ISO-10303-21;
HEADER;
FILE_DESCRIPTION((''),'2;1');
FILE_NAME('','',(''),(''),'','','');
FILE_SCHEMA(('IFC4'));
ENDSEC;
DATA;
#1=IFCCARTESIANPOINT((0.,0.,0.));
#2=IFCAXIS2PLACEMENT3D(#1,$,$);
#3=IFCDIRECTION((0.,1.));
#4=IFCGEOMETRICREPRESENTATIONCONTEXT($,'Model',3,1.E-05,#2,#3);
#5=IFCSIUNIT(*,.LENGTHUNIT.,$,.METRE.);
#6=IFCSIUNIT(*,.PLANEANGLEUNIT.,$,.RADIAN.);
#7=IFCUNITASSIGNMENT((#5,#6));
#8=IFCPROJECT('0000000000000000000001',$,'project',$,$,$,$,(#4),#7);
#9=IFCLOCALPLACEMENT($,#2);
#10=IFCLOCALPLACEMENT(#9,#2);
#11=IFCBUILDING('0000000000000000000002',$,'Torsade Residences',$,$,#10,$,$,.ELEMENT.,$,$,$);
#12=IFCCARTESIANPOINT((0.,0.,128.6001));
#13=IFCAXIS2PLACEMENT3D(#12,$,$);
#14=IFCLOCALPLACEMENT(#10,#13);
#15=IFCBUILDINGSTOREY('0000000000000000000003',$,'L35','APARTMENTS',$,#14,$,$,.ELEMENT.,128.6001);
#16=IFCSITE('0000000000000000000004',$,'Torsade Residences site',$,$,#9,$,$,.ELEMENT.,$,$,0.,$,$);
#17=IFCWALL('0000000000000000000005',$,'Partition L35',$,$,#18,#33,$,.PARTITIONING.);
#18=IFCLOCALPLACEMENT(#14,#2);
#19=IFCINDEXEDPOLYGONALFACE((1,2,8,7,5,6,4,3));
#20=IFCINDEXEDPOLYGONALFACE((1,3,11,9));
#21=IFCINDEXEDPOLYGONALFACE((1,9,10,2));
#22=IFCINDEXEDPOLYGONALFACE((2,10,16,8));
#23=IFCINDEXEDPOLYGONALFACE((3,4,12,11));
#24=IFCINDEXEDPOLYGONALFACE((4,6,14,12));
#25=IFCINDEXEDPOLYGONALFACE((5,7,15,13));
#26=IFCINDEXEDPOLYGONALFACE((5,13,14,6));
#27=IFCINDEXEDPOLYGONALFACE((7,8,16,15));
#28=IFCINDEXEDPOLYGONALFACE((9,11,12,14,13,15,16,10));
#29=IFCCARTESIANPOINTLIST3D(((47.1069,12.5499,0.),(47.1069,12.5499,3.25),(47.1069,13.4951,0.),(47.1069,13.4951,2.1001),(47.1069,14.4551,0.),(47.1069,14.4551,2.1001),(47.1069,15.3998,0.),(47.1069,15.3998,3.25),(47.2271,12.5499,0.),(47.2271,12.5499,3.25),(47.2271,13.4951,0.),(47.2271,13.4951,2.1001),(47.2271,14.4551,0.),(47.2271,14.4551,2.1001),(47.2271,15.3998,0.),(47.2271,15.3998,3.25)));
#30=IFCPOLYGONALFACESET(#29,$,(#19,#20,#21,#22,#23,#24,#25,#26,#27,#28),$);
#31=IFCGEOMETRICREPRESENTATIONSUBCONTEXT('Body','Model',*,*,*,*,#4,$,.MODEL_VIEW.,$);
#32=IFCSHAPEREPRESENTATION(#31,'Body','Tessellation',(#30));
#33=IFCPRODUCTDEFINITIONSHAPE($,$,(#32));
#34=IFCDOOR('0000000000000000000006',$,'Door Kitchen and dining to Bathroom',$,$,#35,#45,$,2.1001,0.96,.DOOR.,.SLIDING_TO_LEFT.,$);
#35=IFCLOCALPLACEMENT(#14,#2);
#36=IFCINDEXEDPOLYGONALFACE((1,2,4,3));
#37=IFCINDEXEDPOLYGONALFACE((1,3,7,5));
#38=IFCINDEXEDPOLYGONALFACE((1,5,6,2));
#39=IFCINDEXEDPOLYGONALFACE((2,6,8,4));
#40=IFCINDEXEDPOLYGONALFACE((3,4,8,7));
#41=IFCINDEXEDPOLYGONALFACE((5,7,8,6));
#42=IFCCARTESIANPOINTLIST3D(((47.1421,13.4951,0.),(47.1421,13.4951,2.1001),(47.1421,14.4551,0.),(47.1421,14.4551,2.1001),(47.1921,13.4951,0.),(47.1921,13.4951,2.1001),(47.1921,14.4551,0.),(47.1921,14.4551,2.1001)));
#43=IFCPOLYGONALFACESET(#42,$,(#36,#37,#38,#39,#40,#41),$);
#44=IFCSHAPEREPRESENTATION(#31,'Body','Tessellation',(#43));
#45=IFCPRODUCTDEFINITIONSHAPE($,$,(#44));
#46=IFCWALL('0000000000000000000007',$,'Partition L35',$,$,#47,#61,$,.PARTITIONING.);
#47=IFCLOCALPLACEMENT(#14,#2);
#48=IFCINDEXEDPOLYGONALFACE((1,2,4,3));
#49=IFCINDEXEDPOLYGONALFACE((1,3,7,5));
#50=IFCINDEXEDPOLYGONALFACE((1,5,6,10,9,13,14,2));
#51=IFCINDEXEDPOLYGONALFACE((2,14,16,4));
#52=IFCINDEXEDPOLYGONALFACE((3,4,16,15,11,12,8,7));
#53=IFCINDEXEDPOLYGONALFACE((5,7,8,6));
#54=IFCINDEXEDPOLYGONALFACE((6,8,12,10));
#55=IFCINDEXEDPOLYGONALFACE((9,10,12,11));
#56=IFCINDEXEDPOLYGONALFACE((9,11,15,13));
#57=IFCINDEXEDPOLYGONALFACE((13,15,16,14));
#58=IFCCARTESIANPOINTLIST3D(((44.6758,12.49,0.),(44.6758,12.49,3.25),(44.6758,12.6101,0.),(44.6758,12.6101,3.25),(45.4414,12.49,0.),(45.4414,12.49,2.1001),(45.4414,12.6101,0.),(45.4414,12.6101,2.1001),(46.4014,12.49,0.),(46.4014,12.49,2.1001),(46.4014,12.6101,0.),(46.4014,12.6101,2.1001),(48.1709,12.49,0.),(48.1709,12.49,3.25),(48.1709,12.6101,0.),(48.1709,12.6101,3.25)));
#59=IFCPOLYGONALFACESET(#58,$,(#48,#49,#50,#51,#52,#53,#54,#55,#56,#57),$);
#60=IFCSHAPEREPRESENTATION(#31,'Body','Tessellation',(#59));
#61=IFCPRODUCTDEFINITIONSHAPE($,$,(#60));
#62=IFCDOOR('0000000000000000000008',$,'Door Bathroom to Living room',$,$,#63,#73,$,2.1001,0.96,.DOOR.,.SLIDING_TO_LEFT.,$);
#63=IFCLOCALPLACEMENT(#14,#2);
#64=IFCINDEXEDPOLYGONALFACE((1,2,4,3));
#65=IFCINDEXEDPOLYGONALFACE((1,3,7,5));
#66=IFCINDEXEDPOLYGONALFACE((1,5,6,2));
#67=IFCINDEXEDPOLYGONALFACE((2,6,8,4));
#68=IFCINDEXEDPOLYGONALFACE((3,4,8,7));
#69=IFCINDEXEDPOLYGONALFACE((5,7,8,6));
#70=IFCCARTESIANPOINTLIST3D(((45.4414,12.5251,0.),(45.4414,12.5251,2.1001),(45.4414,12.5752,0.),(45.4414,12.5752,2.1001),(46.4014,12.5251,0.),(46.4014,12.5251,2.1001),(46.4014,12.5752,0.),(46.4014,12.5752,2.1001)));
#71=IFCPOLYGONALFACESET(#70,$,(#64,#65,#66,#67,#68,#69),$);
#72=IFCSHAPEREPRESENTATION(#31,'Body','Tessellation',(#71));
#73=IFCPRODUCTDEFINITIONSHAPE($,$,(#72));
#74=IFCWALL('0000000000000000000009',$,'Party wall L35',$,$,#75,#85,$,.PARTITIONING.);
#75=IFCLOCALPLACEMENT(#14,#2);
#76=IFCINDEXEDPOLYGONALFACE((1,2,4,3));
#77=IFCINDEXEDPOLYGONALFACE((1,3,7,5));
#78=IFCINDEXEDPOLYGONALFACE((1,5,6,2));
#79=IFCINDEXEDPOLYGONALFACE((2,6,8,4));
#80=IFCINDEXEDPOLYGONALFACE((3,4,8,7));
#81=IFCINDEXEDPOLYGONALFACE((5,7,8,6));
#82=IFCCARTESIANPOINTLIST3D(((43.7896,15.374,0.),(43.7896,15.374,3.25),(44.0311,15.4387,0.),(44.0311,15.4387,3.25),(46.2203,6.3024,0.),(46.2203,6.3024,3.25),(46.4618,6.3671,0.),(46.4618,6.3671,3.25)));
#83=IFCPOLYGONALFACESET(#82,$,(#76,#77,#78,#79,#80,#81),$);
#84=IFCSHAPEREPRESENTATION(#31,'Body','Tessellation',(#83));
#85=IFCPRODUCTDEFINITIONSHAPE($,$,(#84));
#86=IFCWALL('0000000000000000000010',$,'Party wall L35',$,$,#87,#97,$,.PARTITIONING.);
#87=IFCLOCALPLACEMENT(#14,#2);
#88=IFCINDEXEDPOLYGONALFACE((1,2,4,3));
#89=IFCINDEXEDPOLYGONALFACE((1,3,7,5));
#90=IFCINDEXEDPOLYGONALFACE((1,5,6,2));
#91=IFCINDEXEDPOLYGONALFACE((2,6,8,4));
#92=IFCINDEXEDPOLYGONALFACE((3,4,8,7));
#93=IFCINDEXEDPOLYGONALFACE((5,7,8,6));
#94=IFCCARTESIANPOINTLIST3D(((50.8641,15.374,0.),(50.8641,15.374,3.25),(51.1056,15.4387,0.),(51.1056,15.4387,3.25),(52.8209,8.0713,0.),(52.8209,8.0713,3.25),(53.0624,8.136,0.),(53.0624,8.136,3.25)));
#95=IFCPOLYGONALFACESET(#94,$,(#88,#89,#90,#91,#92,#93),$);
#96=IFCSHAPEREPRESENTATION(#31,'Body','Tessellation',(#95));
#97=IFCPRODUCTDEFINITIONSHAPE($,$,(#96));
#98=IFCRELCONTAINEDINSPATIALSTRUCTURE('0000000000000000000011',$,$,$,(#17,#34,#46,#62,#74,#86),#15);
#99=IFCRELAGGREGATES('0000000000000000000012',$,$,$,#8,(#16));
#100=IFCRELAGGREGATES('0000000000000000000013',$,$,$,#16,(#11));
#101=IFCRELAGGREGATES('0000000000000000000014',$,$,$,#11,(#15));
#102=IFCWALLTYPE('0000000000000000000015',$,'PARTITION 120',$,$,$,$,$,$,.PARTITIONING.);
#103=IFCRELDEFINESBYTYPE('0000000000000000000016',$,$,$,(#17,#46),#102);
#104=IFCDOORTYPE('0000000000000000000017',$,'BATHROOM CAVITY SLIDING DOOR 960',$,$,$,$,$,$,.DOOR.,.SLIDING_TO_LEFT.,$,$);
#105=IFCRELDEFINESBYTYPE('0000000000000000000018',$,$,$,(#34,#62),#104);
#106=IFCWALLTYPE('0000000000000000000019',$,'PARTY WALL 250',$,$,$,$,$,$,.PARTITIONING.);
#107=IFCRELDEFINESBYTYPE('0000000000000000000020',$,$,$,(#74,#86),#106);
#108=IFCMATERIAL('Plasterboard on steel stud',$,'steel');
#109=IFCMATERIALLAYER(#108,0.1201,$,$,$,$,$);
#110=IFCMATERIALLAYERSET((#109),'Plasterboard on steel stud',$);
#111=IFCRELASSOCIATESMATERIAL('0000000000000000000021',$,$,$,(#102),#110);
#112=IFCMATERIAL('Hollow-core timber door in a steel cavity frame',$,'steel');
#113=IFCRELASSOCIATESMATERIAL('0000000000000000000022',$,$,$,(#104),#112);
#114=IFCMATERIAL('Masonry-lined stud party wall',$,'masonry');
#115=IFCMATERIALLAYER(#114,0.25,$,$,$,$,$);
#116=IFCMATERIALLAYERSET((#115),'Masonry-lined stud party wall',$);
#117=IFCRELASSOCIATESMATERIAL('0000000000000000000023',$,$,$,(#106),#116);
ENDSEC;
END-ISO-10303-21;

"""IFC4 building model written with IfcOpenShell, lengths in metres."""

from ifc_helpers import new_model, si_unit, direction, frame, frame_2d, origin, place, context, subcontext, project, spatial, rectangle, extrude, material, layer, layer_set, type_object, element, fill, save


model = new_model("IFC4")

# Units and contexts
model_context = context("Model", 3, precision=1e-05, world=origin(), true_north=direction((0.0, 1.0)))
body_context = subcontext(model_context, "Body", "Model", "MODEL_VIEW")
ifc_project = project(units=[si_unit("LENGTHUNIT", "METRE"), si_unit("PLANEANGLEUNIT", "RADIAN")], contexts=[model_context])

# Site, building, storey
site_placement = place(None, origin())
site = spatial("IfcSite", under=ifc_project, at=site_placement, Name="Torsade Residences site", CompositionType="ELEMENT", RefElevation=0.0)
building_placement = place(site_placement, origin())
building = spatial("IfcBuilding", under=site, at=building_placement, Name="Torsade Residences", CompositionType="ELEMENT")
storey_placement = place(building_placement, frame((0.0, 0.0, 128.6001)))
storey = spatial("IfcBuildingStorey", under=building, at=storey_placement, Name="L35", Description="APARTMENTS", CompositionType="ELEMENT", Elevation=128.6001)

# Shared definitions
ifc_material_1 = material(Name="Plasterboard on steel stud", Category="steel")
ifc_layer_1 = layer(ifc_material_1, 0.1201)
ifc_layer_set_1 = layer_set([ifc_layer_1], Name="Plasterboard on steel stud")
wall_type_1 = type_object("IfcWallType", Name="PARTITION 120", PredefinedType="PARTITIONING", material=ifc_layer_set_1)
ifc_material_2 = material(Name="Hollow-core timber door in a steel cavity frame", Category="steel")
door_type_1 = type_object("IfcDoorType", Name="BATHROOM CAVITY SLIDING DOOR 960", OperationType="SLIDING_TO_LEFT", PredefinedType="DOOR", material=ifc_material_2)

# Walls, openings, doors
wall_1_placement = place(storey_placement, frame((47.167, 12.55, 0.0), z_axis=(0.0, 0.0, 1.0), x_axis=(0.0, 1.0, 0.0)))
wall_1 = element("IfcWall", 1, at=wall_1_placement, inside=storey, type_object=wall_type_1, Name="Partition L35", PredefinedType="PARTITIONING", context=body_context, shape_type="SweptSolid", body=[
    extrude(rectangle(XDim=2.8499, YDim=0.1201, at=frame_2d((1.4248, 0.0))), origin(), (0.0, 0.0, 1.0), 3.25),
])
opening_1_placement = place(wall_1_placement, frame((0.9451, 0.0, 0.0)))
opening_1 = element("IfcOpeningElement", 2, at=opening_1_placement, cuts=wall_1, PredefinedType="OPENING", context=body_context, shape_type="SweptSolid", body=[
    extrude(rectangle(XDim=0.96, YDim=2.1001, at=frame_2d((0.48, 1.05))), frame((0.0, 0.0701, 0.0), z_axis=(0.0, -1.0, 0.0), x_axis=(1.0, 0.0, 0.0)), (0.0, 0.0, 1.0), 0.1401),
])
door_1_placement = place(opening_1_placement, origin())
door_1 = element("IfcDoor", 3, at=door_1_placement, inside=storey, type_object=door_type_1, Name="Door Kitchen and dining to Bathroom", OperationType="SLIDING_TO_LEFT", OverallHeight=2.1001, OverallWidth=0.96, PredefinedType="DOOR", context=body_context, shape_type="SweptSolid", body=[
    extrude(rectangle(XDim=0.96, YDim=2.1001, at=frame_2d((0.48, 1.05))), frame((0.0, 0.0249, 0.0), z_axis=(0.0, -1.0, 0.0), x_axis=(1.0, 0.0, 0.0)), (0.0, 0.0, 1.0), 0.05),
])
fill(opening_1, door_1)
wall_2_placement = place(storey_placement, frame((48.1709, 12.55, 0.0), z_axis=(0.0, 0.0, 1.0), x_axis=(-1.0, 0.0, 0.0)))
wall_2 = element("IfcWall", 4, at=wall_2_placement, inside=storey, type_object=wall_type_1, Name="Partition L35", PredefinedType="PARTITIONING", context=body_context, shape_type="SweptSolid", body=[
    extrude(rectangle(XDim=3.4951, YDim=0.1201, at=frame_2d((1.7476, 0.0))), origin(), (0.0, 0.0, 1.0), 3.25),
])
opening_2_placement = place(wall_2_placement, frame((1.7695, 0.0, 0.0)))
opening_2 = element("IfcOpeningElement", 5, at=opening_2_placement, cuts=wall_2, PredefinedType="OPENING", context=body_context, shape_type="SweptSolid", body=[
    extrude(rectangle(XDim=0.96, YDim=2.1001, at=frame_2d((0.48, 1.05))), frame((0.0, 0.0701, 0.0), z_axis=(0.0, -1.0, 0.0), x_axis=(1.0, 0.0, 0.0)), (0.0, 0.0, 1.0), 0.1401),
])
door_2_placement = place(opening_2_placement, origin())
door_2 = element("IfcDoor", 6, at=door_2_placement, inside=storey, type_object=door_type_1, Name="Door Bathroom to Living room", OperationType="SLIDING_TO_LEFT", OverallHeight=2.1001, OverallWidth=0.96, PredefinedType="DOOR", context=body_context, shape_type="SweptSolid", body=[
    extrude(rectangle(XDim=0.96, YDim=2.1001, at=frame_2d((0.48, 1.05))), frame((0.0, 0.0249, 0.0), z_axis=(0.0, -1.0, 0.0), x_axis=(1.0, 0.0, 0.0)), (0.0, 0.0, 1.0), 0.05),
])
fill(opening_2, door_2)

# Walls
ifc_material_3 = material(Name="Masonry-lined stud party wall", Category="masonry")
ifc_layer_2 = layer(ifc_material_3, 0.25)
ifc_layer_set_2 = layer_set([ifc_layer_2], Name="Masonry-lined stud party wall")
wall_type_2 = type_object("IfcWallType", Name="PARTY WALL 250", PredefinedType="PARTITIONING", material=ifc_layer_set_2)
wall_3_placement = place(storey_placement, frame((46.3411, 6.3347, 0.0), z_axis=(0.0, 0.0, 1.0), x_axis=(-0.258814, 0.965927, 0.0)))
element("IfcWall", 7, at=wall_3_placement, inside=storey, type_object=wall_type_2, Name="Party wall L35", PredefinedType="PARTITIONING", context=body_context, shape_type="SweptSolid", body=[
    extrude(rectangle(XDim=9.3916, YDim=0.25, at=frame_2d((4.6958, 0.0))), origin(), (0.0, 0.0, 1.0), 3.25),
])
wall_4_placement = place(storey_placement, frame((52.9417, 8.1035, 0.0), z_axis=(0.0, 0.0, 1.0), x_axis=(-0.258822, 0.965925, 0.0)))
element("IfcWall", 8, at=wall_4_placement, inside=storey, type_object=wall_type_2, Name="Party wall L35", PredefinedType="PARTITIONING", context=body_context, shape_type="SweptSolid", body=[
    extrude(rectangle(XDim=7.5603, YDim=0.25, at=frame_2d((3.7803, 0.0))), origin(), (0.0, 0.0, 1.0), 3.25),
])

save(model, "model.ifc")
